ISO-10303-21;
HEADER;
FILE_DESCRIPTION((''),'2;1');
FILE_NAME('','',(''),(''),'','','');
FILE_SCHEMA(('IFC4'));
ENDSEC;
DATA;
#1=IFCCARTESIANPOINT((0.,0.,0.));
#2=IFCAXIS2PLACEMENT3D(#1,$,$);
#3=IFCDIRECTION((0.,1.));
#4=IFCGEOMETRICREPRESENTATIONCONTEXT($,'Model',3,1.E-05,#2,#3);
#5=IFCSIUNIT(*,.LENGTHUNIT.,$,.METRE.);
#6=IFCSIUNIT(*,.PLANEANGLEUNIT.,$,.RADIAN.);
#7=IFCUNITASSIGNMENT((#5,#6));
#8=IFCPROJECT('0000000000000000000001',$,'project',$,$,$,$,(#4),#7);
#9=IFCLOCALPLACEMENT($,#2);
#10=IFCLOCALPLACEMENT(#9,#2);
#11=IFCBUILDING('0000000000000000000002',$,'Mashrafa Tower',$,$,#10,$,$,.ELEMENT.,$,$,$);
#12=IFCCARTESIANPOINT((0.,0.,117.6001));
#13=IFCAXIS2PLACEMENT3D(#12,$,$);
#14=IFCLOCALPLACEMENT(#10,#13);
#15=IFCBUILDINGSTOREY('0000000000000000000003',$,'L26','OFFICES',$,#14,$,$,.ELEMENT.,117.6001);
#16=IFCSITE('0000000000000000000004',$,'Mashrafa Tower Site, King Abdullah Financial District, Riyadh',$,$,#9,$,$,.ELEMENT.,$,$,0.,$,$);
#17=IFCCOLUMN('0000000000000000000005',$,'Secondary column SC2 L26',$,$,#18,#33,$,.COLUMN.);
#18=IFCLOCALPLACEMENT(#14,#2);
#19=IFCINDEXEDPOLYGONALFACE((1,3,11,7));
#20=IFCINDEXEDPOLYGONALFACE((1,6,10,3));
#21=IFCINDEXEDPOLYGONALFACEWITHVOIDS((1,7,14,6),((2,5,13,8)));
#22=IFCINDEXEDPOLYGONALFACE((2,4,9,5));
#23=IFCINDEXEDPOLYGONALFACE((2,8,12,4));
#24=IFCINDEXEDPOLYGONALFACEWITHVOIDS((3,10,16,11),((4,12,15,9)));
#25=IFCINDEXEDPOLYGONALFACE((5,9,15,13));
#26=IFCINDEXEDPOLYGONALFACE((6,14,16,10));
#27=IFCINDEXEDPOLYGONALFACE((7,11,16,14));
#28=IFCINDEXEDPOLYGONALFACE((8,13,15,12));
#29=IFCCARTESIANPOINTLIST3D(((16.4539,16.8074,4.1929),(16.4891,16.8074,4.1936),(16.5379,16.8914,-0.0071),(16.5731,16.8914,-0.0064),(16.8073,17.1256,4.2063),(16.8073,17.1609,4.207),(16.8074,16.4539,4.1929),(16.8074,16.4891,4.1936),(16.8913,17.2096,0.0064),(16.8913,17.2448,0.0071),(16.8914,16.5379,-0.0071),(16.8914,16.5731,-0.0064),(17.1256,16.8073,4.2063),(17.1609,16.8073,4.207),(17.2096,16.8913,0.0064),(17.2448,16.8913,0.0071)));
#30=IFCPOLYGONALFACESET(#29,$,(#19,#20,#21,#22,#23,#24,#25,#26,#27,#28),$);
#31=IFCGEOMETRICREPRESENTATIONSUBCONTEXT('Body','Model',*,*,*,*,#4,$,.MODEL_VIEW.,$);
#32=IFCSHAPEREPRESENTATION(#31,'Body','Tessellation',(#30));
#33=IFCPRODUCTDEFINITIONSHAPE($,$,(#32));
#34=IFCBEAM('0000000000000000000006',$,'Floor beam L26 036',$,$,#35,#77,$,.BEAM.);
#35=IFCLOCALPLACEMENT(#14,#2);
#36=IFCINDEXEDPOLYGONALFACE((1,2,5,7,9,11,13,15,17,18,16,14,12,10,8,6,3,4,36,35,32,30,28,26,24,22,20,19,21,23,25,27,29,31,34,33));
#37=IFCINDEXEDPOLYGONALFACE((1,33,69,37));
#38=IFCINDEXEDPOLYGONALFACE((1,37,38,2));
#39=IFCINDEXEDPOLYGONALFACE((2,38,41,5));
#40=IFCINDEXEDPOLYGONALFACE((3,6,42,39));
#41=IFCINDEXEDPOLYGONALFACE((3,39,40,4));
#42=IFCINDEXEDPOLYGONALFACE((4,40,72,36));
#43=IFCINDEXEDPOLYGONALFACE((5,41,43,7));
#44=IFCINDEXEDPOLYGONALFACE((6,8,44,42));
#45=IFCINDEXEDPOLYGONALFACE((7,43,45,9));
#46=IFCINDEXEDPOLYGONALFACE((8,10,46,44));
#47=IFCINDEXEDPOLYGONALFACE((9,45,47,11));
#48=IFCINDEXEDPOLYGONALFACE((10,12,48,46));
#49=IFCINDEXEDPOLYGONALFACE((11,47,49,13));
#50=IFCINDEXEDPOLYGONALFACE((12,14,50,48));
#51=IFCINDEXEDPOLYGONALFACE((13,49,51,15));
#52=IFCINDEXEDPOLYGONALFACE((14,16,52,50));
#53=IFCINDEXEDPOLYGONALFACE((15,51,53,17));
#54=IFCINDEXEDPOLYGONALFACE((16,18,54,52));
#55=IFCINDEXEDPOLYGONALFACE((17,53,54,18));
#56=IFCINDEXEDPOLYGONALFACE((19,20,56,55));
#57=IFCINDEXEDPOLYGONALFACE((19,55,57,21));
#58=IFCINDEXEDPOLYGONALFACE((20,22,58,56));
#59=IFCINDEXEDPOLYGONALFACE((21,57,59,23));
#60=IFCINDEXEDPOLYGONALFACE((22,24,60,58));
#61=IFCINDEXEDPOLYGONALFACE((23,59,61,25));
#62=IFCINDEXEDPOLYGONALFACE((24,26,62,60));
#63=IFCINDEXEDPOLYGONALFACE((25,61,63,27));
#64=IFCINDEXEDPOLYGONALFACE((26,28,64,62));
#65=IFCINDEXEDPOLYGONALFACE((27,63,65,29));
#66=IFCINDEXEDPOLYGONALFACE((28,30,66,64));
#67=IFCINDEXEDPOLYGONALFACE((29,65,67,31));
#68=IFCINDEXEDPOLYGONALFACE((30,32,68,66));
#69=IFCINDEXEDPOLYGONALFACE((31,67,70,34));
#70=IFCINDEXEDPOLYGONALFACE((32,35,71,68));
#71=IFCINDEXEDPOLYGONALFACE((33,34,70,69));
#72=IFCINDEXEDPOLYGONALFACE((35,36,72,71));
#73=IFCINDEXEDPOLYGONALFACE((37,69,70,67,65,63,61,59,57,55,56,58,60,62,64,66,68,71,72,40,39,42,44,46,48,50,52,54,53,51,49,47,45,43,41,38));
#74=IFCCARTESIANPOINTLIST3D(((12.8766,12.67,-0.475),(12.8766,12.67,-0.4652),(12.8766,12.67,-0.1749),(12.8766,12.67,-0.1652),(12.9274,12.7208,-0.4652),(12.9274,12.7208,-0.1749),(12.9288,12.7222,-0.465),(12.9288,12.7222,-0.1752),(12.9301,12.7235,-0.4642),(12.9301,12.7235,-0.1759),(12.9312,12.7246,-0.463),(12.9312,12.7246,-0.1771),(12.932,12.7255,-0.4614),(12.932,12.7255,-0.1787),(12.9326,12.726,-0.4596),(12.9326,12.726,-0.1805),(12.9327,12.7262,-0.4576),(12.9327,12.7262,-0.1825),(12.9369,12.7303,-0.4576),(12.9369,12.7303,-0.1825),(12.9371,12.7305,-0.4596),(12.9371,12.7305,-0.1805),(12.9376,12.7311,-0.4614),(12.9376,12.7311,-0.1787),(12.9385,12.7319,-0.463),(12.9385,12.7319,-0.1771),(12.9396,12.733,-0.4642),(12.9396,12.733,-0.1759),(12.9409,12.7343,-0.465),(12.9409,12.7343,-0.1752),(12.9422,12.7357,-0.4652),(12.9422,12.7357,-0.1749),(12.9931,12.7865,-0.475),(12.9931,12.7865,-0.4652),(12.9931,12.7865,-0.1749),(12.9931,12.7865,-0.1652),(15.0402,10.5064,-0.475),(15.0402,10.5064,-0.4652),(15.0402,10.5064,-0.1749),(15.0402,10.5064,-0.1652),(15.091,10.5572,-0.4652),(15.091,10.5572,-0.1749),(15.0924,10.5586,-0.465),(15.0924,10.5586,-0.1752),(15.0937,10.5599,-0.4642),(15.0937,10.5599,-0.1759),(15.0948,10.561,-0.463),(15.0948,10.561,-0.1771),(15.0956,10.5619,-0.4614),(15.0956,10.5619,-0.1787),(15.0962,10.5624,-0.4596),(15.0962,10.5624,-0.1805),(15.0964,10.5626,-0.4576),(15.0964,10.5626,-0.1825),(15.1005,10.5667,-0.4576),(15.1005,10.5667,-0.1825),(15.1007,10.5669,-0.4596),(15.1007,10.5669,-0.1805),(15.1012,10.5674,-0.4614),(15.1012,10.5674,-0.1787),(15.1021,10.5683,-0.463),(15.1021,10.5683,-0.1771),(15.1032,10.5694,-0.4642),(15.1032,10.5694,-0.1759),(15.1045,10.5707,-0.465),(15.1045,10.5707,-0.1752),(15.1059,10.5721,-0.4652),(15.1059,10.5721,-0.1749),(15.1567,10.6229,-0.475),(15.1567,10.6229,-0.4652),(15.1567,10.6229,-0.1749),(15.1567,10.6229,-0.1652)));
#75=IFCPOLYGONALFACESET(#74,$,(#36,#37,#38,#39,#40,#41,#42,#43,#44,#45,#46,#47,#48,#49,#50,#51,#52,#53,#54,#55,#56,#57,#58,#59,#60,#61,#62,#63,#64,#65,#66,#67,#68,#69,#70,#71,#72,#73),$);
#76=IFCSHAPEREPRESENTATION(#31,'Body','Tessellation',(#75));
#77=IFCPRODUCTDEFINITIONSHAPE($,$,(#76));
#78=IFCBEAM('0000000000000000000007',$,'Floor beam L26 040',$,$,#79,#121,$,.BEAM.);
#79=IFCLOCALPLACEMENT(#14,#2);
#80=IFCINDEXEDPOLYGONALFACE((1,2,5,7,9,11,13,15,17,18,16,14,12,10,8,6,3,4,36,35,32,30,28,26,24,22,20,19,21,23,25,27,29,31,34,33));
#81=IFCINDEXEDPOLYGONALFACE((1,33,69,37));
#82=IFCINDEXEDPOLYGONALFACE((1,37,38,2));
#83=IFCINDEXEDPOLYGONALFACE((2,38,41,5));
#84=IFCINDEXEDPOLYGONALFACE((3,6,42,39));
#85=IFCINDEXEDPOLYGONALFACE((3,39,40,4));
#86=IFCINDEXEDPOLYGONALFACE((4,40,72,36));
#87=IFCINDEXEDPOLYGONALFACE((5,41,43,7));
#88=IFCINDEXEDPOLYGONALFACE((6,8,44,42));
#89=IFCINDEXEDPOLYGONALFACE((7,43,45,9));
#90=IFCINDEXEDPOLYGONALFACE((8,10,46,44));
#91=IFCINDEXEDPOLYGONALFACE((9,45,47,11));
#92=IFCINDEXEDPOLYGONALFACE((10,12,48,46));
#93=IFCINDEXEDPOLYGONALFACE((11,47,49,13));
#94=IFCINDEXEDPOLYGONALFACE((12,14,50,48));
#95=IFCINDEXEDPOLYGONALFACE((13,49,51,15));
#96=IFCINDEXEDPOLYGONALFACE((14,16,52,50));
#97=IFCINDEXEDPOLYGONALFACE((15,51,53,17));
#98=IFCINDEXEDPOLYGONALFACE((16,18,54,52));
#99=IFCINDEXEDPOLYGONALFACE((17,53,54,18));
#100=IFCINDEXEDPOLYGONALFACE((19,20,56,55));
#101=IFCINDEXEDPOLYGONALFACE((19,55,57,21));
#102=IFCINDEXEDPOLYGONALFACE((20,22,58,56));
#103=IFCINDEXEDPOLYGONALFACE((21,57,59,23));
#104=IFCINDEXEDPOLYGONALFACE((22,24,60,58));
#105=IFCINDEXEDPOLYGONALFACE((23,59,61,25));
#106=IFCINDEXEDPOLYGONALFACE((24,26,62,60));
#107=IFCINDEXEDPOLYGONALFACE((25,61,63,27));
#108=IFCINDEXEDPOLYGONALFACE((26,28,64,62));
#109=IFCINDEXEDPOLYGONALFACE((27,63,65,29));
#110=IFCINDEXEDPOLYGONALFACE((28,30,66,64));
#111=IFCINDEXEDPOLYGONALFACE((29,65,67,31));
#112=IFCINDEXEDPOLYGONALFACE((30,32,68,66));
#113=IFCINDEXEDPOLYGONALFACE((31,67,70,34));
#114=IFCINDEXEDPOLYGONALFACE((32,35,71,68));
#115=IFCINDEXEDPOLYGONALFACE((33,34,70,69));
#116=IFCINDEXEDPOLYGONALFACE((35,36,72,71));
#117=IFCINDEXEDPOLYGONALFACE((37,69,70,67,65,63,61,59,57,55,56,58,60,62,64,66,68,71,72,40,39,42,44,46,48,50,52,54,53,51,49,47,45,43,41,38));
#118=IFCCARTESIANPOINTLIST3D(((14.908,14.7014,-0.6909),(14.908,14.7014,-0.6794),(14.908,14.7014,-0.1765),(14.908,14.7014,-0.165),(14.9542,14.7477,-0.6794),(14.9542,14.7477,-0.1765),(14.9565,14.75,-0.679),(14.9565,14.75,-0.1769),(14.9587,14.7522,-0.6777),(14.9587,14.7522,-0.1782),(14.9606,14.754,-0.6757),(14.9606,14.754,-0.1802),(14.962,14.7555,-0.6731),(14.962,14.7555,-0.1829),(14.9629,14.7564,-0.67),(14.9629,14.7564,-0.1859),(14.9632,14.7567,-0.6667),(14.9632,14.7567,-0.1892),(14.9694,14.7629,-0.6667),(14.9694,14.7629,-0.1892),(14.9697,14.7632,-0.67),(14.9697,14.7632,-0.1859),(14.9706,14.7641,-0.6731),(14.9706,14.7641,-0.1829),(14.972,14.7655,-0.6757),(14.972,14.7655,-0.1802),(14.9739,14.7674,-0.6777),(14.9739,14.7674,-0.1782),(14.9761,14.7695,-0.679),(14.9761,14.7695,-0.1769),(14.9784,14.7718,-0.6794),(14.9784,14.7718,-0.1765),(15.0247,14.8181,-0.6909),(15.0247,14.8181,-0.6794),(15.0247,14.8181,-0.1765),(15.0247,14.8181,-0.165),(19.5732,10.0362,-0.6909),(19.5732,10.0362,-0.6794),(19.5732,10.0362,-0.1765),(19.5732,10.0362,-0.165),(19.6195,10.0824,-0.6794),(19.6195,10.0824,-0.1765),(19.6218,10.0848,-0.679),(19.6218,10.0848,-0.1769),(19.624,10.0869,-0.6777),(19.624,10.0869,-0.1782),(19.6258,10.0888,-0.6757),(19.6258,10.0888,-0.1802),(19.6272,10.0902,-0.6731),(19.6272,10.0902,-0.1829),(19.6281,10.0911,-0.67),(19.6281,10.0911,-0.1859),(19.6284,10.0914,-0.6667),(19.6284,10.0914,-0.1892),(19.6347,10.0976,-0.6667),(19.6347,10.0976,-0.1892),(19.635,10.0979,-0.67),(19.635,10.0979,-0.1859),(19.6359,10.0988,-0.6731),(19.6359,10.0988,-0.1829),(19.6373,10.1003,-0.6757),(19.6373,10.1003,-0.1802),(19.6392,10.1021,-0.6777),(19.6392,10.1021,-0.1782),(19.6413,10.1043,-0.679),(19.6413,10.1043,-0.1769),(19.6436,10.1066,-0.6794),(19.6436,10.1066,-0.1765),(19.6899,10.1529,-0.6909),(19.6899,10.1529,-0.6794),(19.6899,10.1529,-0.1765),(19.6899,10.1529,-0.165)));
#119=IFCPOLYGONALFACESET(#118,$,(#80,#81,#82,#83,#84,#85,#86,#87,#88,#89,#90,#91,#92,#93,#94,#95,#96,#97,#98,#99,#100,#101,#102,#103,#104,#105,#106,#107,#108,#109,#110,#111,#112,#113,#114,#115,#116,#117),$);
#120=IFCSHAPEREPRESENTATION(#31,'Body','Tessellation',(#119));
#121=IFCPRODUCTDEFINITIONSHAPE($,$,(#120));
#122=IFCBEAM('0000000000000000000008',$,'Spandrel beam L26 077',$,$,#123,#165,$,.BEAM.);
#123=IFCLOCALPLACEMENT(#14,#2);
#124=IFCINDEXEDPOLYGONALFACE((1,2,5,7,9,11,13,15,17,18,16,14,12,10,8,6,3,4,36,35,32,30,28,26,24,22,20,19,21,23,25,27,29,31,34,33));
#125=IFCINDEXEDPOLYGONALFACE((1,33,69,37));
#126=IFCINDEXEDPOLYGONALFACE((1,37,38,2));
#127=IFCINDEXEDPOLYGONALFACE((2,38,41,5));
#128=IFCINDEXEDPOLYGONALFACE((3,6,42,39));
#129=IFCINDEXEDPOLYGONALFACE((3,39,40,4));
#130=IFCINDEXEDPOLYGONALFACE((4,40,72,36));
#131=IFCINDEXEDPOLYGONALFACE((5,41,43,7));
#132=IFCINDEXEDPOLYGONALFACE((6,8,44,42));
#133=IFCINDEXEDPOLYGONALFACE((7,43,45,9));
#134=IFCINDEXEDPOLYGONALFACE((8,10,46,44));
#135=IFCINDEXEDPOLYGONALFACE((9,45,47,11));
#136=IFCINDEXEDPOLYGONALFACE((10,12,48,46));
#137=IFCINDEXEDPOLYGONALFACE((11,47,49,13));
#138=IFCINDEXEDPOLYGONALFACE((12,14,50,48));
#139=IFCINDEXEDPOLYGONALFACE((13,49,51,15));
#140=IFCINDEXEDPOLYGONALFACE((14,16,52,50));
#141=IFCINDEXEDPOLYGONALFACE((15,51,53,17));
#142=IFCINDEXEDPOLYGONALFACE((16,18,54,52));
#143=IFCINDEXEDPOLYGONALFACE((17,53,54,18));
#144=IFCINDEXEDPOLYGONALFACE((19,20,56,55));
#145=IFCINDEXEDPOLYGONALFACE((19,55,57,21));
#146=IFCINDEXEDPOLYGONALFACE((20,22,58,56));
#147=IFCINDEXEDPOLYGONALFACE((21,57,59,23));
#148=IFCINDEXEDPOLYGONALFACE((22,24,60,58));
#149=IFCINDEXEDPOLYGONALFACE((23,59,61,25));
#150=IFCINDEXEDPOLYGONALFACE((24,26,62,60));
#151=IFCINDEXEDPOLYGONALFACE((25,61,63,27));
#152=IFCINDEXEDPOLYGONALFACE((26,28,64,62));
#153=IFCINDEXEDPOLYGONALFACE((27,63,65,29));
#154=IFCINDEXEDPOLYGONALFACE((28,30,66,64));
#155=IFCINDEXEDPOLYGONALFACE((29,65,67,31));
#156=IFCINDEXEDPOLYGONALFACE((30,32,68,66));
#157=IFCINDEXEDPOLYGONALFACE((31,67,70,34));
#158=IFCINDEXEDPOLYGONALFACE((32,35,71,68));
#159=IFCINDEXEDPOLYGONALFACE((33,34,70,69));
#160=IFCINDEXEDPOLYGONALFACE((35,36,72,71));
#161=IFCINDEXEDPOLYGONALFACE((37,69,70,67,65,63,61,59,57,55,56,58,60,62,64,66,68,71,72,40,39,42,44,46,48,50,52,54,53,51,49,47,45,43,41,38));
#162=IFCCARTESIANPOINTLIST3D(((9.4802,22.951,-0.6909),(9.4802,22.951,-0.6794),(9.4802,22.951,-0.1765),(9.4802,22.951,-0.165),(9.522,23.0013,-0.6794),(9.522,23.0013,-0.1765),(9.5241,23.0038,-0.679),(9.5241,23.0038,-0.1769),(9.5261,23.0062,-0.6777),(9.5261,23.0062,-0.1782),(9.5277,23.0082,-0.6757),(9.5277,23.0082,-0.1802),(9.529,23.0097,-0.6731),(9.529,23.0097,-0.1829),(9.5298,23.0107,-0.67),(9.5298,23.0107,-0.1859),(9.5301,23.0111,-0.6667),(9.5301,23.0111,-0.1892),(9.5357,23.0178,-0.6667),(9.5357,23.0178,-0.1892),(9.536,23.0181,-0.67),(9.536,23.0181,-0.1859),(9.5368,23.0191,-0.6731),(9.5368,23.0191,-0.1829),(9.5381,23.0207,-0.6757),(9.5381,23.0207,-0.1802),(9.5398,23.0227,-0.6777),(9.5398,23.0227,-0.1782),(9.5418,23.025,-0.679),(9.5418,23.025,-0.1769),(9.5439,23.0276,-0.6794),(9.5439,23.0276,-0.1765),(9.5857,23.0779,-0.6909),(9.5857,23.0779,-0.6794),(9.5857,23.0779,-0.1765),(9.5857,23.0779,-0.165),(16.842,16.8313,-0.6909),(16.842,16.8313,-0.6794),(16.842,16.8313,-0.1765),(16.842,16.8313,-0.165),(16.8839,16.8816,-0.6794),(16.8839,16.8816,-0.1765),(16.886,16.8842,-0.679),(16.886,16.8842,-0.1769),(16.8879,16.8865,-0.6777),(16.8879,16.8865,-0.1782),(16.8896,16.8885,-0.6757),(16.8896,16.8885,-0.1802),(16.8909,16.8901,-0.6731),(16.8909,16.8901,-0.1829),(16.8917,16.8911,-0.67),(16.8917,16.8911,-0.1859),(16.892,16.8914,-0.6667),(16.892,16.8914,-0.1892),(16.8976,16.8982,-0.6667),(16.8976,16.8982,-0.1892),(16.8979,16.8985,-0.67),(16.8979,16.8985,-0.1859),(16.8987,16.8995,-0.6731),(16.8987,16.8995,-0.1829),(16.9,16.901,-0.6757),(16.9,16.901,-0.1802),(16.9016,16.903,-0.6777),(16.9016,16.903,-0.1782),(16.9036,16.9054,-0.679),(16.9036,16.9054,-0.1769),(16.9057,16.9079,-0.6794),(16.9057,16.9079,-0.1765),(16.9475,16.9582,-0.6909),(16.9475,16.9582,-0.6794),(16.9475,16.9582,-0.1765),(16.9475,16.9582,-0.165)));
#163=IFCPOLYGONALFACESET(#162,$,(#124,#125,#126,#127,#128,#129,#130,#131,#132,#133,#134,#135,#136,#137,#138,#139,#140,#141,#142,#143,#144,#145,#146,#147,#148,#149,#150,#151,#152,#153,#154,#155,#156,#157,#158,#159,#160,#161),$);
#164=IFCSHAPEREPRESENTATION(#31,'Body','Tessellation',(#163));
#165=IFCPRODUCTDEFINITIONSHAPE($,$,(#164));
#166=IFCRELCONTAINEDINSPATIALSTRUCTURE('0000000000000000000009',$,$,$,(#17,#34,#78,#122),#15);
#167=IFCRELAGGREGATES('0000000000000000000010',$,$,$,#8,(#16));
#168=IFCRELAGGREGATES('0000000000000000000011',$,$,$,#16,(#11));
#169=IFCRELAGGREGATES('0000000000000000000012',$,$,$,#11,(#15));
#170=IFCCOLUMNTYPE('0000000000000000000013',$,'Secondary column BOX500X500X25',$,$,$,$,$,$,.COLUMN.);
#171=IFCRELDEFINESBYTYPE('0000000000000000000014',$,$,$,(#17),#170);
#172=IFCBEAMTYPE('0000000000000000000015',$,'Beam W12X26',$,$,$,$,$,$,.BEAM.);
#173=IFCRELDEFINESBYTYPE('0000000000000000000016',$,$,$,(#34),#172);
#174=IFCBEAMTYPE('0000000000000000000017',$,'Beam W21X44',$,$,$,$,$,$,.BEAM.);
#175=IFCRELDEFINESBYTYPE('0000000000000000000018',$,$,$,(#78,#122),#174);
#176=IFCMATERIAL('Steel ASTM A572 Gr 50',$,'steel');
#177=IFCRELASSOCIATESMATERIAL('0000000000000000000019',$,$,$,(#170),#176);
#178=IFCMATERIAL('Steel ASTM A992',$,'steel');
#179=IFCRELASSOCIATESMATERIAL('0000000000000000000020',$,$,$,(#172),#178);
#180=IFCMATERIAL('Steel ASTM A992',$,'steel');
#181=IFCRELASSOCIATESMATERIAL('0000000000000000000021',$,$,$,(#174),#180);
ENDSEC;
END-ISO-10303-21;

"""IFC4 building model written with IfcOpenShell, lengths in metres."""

from ifc_helpers import new_model, si_unit, direction, frame, origin, origin_2d, place, context, subcontext, project, spatial, hollow_rectangle, i_section, extrude, material, material_profile, profile_set, type_object, element, save


model = new_model("IFC4")

# Units and contexts
model_context = context("Model", 3, precision=1e-05, world=origin(), true_north=direction((0.0, 1.0)))
body_context = subcontext(model_context, "Body", "Model", "MODEL_VIEW")
ifc_project = project(units=[si_unit("LENGTHUNIT", "METRE"), si_unit("PLANEANGLEUNIT", "RADIAN")], contexts=[model_context])

# Site, building, storey
site_placement = place(None, origin())
site = spatial("IfcSite", under=ifc_project, at=site_placement, Name="Mashrafa Tower Site, King Abdullah Financial District, Riyadh", CompositionType="ELEMENT", RefElevation=0.0)
building_placement = place(site_placement, origin())
building = spatial("IfcBuilding", under=site, at=building_placement, Name="Mashrafa Tower", CompositionType="ELEMENT")
storey_placement = place(building_placement, frame((0.0, 0.0, 117.6001)))
storey = spatial("IfcBuildingStorey", under=building, at=storey_placement, Name="L26", Description="OFFICES", CompositionType="ELEMENT", Elevation=117.6001)

# Column
ifc_material_1 = material(Name="Steel ASTM A572 Gr 50", Category="steel")
ifc_material_profile_1 = material_profile(ifc_material_1, hollow_rectangle(XDim=0.5, YDim=0.5, WallThickness=0.0249, at=origin_2d()), Name="BOX500X500X25")
ifc_profile_set_1 = profile_set([ifc_material_profile_1], Name="Steel ASTM A572 Gr 50")
column_type = type_object("IfcColumnType", Name="Secondary column BOX500X500X25", PredefinedType="COLUMN", material=ifc_profile_set_1)
column_placement = place(storey_placement, frame((16.8914, 16.8914, 0.0), z_axis=(-0.019989, -0.019989, 0.9996), x_axis=(0.707107, -0.707107, 0.0)))
element("IfcColumn", 1, at=column_placement, inside=storey, type_object=column_type, Name="Secondary column SC2 L26", PredefinedType="COLUMN", context=body_context, shape_type="SweptSolid", body=[
    extrude(hollow_rectangle(XDim=0.5, YDim=0.5, WallThickness=0.0249, at=origin_2d()), origin(), (0.0, 0.0, 1.0), 4.2017),
])

# Beams
ifc_material_2 = material(Name="Steel ASTM A992", Category="steel")
ifc_material_profile_2 = material_profile(ifc_material_2, i_section(OverallWidth=0.1648, OverallDepth=0.3098, WebThickness=0.0059, FlangeThickness=0.0098, FilletRadius=0.0076, at=origin_2d()), Name="W12X26")
ifc_profile_set_2 = profile_set([ifc_material_profile_2], Name="Steel ASTM A992")
beam_type_1 = type_object("IfcBeamType", Name="Beam W12X26", PredefinedType="BEAM", material=ifc_profile_set_2)
beam_1_placement = place(storey_placement, frame((12.9348, 12.7283, -0.3201), z_axis=(0.707107, -0.707107, 0.0), x_axis=(0.707107, 0.707107, 0.0)))
element("IfcBeam", 2, at=beam_1_placement, inside=storey, type_object=beam_type_1, Name="Floor beam L26 036", PredefinedType="BEAM", context=body_context, shape_type="SweptSolid", body=[
    extrude(i_section(OverallWidth=0.1648, OverallDepth=0.3098, WebThickness=0.0059, FlangeThickness=0.0098, FilletRadius=0.0076, at=origin_2d()), origin(), (0.0, 0.0, 1.0), 3.0598),
])
ifc_material_3 = material(Name="Steel ASTM A992", Category="steel")
ifc_material_profile_3 = material_profile(ifc_material_3, i_section(OverallWidth=0.165, OverallDepth=0.5259, WebThickness=0.0088, FlangeThickness=0.0115, FilletRadius=0.0127, at=origin_2d()), Name="W21X44")
ifc_profile_set_3 = profile_set([ifc_material_profile_3], Name="Steel ASTM A992")
beam_type_2 = type_object("IfcBeamType", Name="Beam W21X44", PredefinedType="BEAM", material=ifc_profile_set_3)
beam_2_placement = place(storey_placement, frame((14.9663, 14.7598, -0.428), z_axis=(0.707107, -0.707107, 0.0), x_axis=(0.707107, 0.707107, 0.0)))
element("IfcBeam", 3, at=beam_2_placement, inside=storey, type_object=beam_type_2, Name="Floor beam L26 040", PredefinedType="BEAM", context=body_context, shape_type="SweptSolid", body=[
    extrude(i_section(OverallWidth=0.165, OverallDepth=0.5259, WebThickness=0.0088, FlangeThickness=0.0115, FilletRadius=0.0127, at=origin_2d()), origin(), (0.0, 0.0, 1.0), 6.5977),
])
beam_3_placement = place(storey_placement, frame((16.8948, 16.8948, -0.428), z_axis=(-0.769003, 0.639246, 0.0), x_axis=(-0.639246, -0.769003, 0.0)))
element("IfcBeam", 4, at=beam_3_placement, inside=storey, type_object=beam_type_2, Name="Spandrel beam L26 077", PredefinedType="BEAM", context=body_context, shape_type="SweptSolid", body=[
    extrude(i_section(OverallWidth=0.165, OverallDepth=0.5259, WebThickness=0.0088, FlangeThickness=0.0115, FilletRadius=0.0127, at=origin_2d()), origin(), (0.0, 0.0, 1.0), 9.5732),
])

save(model, "model.ifc")
